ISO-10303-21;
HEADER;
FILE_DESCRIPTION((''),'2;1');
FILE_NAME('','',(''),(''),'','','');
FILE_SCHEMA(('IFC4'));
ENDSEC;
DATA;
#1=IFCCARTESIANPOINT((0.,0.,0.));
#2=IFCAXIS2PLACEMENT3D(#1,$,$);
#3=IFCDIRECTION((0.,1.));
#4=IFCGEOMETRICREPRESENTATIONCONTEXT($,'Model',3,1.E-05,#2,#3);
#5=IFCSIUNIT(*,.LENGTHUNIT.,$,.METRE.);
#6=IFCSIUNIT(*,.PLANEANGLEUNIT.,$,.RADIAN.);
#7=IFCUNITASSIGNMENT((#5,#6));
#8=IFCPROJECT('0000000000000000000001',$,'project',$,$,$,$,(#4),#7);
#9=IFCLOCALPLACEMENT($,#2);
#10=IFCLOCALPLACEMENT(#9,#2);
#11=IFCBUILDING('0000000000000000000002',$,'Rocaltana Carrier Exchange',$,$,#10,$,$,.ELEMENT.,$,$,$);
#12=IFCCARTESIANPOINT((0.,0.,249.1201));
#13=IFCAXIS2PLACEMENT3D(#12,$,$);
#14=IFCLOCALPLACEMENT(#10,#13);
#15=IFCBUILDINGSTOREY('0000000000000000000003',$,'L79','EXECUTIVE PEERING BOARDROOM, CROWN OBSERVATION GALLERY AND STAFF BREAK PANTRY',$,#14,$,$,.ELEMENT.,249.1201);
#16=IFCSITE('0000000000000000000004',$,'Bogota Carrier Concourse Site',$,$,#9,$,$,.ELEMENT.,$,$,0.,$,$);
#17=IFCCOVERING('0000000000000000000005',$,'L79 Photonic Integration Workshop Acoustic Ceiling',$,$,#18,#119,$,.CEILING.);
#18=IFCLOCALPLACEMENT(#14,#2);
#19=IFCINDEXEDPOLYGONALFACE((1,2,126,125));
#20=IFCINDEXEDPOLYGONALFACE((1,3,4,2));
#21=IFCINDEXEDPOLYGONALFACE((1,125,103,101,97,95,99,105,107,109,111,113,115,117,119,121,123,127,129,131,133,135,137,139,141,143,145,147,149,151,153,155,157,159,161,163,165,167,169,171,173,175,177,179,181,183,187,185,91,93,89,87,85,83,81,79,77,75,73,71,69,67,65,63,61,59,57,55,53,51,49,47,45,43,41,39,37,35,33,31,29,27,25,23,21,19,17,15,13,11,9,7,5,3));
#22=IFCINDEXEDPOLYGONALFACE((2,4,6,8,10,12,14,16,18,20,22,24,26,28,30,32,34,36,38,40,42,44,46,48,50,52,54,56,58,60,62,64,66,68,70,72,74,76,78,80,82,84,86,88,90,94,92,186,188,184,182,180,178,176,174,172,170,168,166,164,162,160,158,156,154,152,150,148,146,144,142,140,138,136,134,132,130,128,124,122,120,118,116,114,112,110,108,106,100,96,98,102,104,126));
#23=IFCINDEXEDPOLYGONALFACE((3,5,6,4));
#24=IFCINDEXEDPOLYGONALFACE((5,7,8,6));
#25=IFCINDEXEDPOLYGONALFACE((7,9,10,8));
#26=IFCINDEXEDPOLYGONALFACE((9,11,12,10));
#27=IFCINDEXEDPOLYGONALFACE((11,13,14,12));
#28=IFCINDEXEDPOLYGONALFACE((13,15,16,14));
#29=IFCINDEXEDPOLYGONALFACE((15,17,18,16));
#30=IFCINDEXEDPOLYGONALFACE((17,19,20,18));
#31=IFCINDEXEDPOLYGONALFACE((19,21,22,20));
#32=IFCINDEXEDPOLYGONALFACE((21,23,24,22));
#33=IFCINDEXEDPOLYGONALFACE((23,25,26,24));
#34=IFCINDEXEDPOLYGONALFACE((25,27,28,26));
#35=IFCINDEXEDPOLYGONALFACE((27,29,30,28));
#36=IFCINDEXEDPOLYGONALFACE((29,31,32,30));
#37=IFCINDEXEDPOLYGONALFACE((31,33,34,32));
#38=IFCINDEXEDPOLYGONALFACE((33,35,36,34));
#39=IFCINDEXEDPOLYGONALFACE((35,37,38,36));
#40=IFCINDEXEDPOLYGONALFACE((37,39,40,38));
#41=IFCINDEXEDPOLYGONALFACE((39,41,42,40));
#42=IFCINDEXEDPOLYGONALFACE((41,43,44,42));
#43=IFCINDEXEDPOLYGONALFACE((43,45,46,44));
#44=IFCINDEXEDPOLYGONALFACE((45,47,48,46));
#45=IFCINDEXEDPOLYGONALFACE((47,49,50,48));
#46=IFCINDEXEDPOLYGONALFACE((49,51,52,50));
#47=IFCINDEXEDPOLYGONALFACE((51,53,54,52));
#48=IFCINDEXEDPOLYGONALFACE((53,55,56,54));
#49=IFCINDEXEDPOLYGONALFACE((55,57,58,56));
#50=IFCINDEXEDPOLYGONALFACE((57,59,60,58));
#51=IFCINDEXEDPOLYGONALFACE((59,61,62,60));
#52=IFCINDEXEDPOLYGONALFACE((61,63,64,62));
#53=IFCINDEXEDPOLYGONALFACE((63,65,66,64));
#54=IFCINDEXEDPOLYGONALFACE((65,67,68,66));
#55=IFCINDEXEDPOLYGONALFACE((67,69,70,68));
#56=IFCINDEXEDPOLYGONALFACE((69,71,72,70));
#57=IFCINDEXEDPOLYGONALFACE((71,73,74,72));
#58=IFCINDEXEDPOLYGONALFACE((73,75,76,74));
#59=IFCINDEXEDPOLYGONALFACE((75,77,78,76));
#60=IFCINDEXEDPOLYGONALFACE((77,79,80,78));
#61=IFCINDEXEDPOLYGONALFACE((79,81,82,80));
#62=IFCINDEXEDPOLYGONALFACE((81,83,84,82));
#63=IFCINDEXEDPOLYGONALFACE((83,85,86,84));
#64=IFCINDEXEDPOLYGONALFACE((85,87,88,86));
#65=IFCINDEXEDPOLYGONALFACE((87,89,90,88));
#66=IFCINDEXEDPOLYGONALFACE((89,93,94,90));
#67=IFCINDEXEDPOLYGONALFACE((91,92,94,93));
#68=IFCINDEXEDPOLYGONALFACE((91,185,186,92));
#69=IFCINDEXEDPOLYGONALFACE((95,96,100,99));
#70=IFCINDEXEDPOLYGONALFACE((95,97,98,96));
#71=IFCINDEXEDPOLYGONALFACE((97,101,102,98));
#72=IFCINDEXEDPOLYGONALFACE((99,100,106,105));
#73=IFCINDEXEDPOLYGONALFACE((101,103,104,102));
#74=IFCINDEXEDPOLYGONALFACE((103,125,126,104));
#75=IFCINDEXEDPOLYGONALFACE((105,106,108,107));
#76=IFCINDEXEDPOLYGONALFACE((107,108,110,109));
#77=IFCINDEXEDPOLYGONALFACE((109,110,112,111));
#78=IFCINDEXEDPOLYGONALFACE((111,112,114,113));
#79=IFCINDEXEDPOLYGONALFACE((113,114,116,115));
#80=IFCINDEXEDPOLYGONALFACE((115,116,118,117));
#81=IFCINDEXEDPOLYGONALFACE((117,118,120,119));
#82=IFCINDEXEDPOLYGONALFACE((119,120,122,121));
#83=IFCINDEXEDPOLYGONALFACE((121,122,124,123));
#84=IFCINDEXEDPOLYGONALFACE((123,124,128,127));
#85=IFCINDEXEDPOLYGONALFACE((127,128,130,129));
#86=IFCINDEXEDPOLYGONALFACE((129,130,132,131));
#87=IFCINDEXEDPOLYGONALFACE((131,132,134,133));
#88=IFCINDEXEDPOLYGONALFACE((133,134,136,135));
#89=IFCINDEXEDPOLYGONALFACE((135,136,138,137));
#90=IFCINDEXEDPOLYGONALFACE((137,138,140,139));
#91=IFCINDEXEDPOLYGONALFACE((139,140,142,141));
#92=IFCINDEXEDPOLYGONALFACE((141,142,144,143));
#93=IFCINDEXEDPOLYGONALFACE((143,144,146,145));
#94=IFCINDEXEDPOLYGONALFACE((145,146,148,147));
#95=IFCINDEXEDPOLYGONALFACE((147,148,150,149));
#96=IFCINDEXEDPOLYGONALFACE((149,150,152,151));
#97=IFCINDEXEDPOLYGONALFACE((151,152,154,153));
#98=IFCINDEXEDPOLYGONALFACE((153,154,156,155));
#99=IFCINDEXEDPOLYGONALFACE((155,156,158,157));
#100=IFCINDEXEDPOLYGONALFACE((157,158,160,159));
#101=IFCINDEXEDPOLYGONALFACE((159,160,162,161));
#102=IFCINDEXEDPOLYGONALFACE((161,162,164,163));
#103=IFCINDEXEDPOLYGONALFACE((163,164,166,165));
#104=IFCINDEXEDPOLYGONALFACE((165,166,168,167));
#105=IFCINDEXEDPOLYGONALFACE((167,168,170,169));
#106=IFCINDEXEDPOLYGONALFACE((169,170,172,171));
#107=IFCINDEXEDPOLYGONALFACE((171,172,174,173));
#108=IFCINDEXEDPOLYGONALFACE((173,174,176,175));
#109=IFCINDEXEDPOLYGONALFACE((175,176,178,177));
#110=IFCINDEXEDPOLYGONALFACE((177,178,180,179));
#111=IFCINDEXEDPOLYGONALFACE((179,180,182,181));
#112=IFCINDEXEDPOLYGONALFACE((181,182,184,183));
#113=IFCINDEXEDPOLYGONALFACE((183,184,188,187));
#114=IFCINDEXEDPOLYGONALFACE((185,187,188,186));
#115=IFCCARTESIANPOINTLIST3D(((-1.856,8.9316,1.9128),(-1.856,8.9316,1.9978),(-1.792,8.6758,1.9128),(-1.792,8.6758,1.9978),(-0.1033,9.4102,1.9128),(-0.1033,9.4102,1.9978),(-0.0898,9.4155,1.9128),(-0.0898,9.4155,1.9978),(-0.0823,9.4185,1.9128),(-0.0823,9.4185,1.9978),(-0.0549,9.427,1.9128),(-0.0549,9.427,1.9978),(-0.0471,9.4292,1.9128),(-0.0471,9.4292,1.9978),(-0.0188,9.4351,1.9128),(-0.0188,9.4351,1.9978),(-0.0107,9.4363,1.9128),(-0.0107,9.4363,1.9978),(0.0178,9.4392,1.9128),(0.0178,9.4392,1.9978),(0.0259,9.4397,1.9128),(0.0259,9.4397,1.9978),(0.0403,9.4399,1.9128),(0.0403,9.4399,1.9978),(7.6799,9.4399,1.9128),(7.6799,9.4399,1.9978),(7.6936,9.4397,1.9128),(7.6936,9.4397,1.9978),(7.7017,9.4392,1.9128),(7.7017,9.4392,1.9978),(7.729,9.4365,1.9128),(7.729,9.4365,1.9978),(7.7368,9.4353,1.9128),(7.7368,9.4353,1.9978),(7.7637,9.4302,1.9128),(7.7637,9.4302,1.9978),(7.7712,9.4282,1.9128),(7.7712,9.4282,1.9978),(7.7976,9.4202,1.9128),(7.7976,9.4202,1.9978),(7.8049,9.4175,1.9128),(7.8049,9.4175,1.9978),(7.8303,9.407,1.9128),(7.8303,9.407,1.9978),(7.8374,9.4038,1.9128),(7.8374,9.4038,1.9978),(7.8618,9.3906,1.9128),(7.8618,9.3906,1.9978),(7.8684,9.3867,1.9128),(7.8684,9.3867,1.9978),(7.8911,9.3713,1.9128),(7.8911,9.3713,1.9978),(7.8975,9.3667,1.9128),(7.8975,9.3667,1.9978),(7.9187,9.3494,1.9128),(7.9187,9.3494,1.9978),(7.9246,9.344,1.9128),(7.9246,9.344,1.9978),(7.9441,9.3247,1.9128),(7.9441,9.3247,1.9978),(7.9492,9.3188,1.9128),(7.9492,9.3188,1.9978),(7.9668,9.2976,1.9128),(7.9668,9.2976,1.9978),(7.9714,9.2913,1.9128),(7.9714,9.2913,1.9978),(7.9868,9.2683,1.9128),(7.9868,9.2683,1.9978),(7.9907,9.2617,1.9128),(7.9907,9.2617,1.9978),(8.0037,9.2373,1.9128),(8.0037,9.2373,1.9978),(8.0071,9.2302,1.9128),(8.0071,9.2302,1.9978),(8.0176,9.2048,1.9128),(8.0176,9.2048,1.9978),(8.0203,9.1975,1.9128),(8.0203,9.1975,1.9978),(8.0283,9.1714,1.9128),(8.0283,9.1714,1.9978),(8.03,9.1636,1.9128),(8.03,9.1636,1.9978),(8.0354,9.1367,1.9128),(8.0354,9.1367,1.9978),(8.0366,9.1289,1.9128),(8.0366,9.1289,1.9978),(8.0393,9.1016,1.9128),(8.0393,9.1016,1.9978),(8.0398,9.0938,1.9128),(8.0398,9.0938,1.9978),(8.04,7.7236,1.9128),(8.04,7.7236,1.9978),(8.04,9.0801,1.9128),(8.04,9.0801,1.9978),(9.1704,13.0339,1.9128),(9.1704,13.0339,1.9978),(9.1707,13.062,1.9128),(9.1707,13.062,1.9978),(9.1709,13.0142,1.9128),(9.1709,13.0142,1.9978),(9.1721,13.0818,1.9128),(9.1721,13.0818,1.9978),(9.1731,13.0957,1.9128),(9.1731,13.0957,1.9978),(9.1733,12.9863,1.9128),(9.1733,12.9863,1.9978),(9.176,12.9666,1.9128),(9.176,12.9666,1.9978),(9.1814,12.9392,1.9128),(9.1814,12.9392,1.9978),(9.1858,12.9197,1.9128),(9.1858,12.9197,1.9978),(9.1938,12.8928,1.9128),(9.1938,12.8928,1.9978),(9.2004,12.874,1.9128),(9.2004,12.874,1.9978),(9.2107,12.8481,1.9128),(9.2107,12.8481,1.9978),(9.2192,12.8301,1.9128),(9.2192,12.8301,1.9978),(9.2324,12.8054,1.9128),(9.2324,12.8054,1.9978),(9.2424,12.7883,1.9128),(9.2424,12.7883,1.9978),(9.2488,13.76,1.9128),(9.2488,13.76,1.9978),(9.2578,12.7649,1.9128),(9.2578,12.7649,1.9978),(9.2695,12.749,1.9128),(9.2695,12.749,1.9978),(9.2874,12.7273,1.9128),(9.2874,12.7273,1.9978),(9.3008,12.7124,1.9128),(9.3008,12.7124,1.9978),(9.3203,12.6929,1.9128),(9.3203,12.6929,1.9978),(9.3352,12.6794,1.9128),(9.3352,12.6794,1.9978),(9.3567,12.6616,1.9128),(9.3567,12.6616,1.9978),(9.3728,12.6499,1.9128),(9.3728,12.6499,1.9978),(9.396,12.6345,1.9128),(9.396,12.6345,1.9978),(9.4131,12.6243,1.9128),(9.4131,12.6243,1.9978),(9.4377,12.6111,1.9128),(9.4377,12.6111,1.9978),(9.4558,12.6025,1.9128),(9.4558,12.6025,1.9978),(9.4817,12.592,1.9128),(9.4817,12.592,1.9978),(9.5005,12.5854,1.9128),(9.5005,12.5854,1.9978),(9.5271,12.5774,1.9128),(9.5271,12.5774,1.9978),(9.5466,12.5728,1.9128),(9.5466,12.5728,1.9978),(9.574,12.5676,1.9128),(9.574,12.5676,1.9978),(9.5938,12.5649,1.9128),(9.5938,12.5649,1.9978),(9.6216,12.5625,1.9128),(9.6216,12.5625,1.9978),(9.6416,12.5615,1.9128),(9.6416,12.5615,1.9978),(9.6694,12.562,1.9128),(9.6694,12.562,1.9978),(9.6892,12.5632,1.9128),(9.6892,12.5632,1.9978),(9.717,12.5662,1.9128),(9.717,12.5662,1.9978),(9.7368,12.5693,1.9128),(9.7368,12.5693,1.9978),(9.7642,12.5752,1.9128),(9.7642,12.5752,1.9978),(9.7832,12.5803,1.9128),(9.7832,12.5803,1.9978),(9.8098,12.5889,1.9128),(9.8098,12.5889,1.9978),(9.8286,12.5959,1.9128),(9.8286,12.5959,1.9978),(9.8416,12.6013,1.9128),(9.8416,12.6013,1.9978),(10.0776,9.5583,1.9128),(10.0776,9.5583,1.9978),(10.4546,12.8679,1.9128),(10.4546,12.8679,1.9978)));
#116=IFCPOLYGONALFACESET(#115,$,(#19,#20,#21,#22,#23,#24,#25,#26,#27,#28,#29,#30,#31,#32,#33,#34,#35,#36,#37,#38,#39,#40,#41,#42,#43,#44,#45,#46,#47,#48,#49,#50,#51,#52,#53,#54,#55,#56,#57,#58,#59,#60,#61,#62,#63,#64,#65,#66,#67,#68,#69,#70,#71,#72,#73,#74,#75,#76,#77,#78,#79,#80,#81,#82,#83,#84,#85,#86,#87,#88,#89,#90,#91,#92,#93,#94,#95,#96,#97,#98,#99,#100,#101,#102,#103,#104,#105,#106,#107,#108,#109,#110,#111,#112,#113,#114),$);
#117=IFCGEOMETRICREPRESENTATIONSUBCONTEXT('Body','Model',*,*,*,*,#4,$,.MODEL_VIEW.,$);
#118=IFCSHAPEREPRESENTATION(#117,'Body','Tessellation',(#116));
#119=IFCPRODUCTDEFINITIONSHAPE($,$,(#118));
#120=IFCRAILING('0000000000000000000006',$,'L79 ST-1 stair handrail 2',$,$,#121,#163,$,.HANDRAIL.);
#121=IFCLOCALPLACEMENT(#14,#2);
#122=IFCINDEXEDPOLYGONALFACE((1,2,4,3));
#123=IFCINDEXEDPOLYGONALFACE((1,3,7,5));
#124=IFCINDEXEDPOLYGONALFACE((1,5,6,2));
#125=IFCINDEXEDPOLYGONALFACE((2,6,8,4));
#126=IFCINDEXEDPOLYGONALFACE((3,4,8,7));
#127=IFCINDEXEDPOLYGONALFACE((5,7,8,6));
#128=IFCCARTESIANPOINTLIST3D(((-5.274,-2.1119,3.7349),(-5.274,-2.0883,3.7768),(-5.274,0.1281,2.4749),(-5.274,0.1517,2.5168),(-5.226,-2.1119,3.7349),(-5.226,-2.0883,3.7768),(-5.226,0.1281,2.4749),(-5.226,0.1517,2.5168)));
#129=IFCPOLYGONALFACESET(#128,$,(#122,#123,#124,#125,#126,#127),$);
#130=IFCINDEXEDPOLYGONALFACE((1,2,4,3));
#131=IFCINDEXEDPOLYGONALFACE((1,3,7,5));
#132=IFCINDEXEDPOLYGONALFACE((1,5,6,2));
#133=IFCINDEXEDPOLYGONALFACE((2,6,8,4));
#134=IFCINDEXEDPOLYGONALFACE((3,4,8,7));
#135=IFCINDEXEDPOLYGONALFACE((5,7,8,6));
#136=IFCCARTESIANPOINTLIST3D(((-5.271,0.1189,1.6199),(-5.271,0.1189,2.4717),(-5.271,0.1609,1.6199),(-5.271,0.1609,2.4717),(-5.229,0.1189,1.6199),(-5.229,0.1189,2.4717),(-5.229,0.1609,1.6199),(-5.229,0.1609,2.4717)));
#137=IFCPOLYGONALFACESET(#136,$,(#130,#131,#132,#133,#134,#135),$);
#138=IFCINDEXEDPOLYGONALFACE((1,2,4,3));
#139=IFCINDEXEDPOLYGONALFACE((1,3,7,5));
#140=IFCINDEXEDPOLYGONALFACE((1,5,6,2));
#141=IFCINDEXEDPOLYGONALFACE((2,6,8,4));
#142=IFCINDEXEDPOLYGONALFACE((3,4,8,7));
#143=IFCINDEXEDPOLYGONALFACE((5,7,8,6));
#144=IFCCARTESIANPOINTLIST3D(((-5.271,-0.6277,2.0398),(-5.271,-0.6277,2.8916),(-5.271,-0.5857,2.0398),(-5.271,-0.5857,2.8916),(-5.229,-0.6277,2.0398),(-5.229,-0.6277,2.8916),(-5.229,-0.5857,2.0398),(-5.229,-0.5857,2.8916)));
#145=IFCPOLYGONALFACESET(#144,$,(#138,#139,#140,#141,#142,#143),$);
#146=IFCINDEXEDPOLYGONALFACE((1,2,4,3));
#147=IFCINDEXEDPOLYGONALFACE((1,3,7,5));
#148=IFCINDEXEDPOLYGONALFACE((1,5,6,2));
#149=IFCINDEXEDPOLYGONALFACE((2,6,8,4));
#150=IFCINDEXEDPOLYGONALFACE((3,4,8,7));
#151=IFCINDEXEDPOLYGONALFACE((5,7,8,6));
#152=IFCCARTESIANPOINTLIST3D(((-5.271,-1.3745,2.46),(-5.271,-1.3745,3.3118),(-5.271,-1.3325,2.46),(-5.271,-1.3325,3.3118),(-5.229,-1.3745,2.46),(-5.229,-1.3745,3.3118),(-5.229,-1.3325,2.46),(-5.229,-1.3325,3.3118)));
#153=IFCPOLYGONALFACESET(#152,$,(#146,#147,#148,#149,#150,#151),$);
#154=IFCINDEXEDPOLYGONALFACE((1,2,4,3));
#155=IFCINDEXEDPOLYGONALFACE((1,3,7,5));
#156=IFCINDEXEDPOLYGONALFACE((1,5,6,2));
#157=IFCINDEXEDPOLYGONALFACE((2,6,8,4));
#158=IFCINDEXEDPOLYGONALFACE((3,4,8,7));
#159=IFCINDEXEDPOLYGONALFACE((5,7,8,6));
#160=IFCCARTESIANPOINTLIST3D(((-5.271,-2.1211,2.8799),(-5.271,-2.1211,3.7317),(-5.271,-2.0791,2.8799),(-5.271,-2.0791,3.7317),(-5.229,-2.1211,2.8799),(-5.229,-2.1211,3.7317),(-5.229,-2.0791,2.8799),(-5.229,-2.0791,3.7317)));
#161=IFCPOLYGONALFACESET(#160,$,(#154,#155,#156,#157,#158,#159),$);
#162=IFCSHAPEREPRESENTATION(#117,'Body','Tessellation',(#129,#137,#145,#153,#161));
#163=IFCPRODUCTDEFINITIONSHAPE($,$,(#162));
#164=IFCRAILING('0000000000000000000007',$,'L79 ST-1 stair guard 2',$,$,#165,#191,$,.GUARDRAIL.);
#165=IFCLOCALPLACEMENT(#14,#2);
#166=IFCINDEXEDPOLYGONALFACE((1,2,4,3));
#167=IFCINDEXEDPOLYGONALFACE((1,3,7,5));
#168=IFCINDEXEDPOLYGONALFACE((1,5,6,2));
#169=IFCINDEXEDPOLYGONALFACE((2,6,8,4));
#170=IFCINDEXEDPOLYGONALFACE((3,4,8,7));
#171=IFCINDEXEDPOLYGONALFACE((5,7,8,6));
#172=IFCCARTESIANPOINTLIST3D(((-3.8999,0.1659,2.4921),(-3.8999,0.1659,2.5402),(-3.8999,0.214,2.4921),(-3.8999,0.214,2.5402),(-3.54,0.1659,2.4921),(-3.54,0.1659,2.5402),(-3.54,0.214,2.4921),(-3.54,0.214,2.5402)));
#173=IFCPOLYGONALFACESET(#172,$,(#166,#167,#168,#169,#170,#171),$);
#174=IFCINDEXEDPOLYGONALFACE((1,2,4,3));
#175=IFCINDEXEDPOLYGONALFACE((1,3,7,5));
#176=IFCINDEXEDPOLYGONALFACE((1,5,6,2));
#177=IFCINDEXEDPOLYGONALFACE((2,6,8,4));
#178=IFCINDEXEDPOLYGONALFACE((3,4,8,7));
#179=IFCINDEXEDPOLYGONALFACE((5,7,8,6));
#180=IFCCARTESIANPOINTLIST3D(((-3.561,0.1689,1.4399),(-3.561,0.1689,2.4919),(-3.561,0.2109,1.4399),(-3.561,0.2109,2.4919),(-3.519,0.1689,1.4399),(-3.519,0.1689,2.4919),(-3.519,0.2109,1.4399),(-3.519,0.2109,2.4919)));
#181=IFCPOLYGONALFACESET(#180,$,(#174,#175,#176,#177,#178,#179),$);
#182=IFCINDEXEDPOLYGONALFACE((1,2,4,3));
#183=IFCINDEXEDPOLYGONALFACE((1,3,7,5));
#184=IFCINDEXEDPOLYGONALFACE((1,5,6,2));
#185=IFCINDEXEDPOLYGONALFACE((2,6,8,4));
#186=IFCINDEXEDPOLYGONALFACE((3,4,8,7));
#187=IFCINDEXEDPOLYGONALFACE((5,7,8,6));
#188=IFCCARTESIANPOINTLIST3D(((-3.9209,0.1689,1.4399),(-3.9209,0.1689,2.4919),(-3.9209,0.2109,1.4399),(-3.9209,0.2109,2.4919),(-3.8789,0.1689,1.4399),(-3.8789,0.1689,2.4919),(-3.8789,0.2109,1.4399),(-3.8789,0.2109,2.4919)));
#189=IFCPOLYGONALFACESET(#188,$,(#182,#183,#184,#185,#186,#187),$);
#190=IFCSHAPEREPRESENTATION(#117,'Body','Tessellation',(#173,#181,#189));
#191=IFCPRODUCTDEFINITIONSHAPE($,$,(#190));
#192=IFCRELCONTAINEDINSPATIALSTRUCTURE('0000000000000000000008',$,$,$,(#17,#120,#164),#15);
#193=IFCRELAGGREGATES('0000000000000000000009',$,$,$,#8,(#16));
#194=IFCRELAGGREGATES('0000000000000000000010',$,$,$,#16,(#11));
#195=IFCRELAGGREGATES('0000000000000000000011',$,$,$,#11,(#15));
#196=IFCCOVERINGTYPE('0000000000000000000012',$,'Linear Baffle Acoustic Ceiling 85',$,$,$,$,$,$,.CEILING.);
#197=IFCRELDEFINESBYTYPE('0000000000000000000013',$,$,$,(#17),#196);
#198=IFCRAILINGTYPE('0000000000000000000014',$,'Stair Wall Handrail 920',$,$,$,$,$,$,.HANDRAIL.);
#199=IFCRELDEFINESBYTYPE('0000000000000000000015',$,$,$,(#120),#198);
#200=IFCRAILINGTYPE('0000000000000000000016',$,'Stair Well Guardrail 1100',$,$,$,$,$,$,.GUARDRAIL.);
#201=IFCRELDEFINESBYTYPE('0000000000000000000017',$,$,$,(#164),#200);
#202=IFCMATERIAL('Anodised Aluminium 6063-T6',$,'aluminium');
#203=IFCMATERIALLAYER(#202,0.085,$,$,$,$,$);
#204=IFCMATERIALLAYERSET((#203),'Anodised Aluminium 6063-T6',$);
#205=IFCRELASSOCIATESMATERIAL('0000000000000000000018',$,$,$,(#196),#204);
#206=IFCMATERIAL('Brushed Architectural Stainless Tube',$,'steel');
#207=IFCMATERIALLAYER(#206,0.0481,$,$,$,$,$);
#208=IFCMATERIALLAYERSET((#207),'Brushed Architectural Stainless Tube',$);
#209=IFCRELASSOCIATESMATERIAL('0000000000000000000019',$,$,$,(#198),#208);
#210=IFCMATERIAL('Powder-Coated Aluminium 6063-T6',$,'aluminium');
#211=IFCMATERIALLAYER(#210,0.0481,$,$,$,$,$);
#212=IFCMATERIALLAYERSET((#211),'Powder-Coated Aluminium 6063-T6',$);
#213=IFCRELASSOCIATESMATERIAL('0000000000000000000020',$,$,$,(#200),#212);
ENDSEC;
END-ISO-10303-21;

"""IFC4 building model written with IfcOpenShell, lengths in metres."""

from ifc_helpers import new_model, si_unit, direction, frame, origin, origin_2d, place, context, subcontext, project, spatial, polyline, rectangle, outline, extrude, material, layer, layer_set, type_object, element, save


model = new_model("IFC4")

# Units and contexts
model_context = context("Model", 3, precision=1e-05, world=origin(), true_north=direction((0.0, 1.0)))
body_context = subcontext(model_context, "Body", "Model", "MODEL_VIEW")
ifc_project = project(units=[si_unit("LENGTHUNIT", "METRE"), si_unit("PLANEANGLEUNIT", "RADIAN")], contexts=[model_context])

# Site, building, storey
site_placement = place(None, origin())
site = spatial("IfcSite", under=ifc_project, at=site_placement, Name="Bogota Carrier Concourse Site", CompositionType="ELEMENT", RefElevation=0.0)
building_placement = place(site_placement, origin())
building = spatial("IfcBuilding", under=site, at=building_placement, Name="Rocaltana Carrier Exchange", CompositionType="ELEMENT")
storey_placement = place(building_placement, frame((0.0, 0.0, 249.1201)))
storey = spatial("IfcBuildingStorey", under=building, at=storey_placement, Name="L79", Description="EXECUTIVE PEERING BOARDROOM, CROWN OBSERVATION GALLERY AND STAFF BREAK PANTRY", CompositionType="ELEMENT", Elevation=249.1201)

# Covering
ifc_material_1 = material(Name="Anodised Aluminium 6063-T6", Category="aluminium")
ifc_layer_1 = layer(ifc_material_1, 0.085)
ifc_layer_set_1 = layer_set([ifc_layer_1], Name="Anodised Aluminium 6063-T6")
covering_type_1 = type_object("IfcCoveringType", Name="Linear Baffle Acoustic Ceiling 85", PredefinedType="CEILING", material=ifc_layer_set_1)
covering_1_placement = place(storey_placement, frame((0.0, 0.0, 1.9128)))
element("IfcCovering", 1, at=covering_1_placement, inside=storey, type_object=covering_type_1, Name="L79 Photonic Integration Workshop Acoustic Ceiling", PredefinedType="CEILING", context=body_context, shape_type="SweptSolid", body=[
    extrude(outline(polyline([(9.2488, 13.76), (9.1731, 13.0957), (9.1721, 13.0818), (9.1707, 13.062), (9.1704, 13.0339), (9.1709, 13.0142), (9.1733, 12.9863), (9.176, 12.9666), (9.1814, 12.9392), (9.1858, 12.9197), (9.1938, 12.8928), (9.2004, 12.874), (9.2107, 12.8481), (9.2192, 12.8301), (9.2324, 12.8054), (9.2424, 12.7883), (9.2578, 12.7649), (9.2695, 12.749), (9.2874, 12.7273), (9.3008, 12.7124), (9.3203, 12.6929), (9.3352, 12.6794), (9.3567, 12.6616), (9.3728, 12.6499), (9.396, 12.6345), (9.4131, 12.6243), (9.4377, 12.6111), (9.4558, 12.6025), (9.4817, 12.592), (9.5005, 12.5854), (9.5271, 12.5774), (9.5466, 12.5728), (9.574, 12.5676), (9.5938, 12.5649), (9.6216, 12.5625), (9.6416, 12.5615), (9.6694, 12.562), (9.6892, 12.5632), (9.717, 12.5662), (9.7368, 12.5693), (9.7642, 12.5752), (9.7832, 12.5803), (9.8098, 12.5889), (9.8286, 12.5959), (9.8416, 12.6013), (10.4546, 12.8679), (10.0776, 9.5583), (8.04, 7.7236), (8.04, 9.0801), (8.0398, 9.0938), (8.0393, 9.1016), (8.0366, 9.1289), (8.0354, 9.1367), (8.03, 9.1636), (8.0283, 9.1714), (8.0203, 9.1975), (8.0176, 9.2048), (8.0071, 9.2302), (8.0037, 9.2373), (7.9907, 9.2617), (7.9868, 9.2683), (7.9714, 9.2913), (7.9668, 9.2976), (7.9492, 9.3188), (7.9441, 9.3247), (7.9246, 9.344), (7.9187, 9.3494), (7.8975, 9.3667), (7.8911, 9.3713), (7.8684, 9.3867), (7.8618, 9.3906), (7.8374, 9.4038), (7.8303, 9.407), (7.8049, 9.4175), (7.7976, 9.4202), (7.7712, 9.4282), (7.7637, 9.4302), (7.7368, 9.4353), (7.729, 9.4365), (7.7017, 9.4392), (7.6936, 9.4397), (7.6799, 9.4399), (0.0403, 9.4399), (0.0259, 9.4397), (0.0178, 9.4392), (-0.0107, 9.4363), (-0.0188, 9.4351), (-0.0471, 9.4292), (-0.0549, 9.427), (-0.0823, 9.4185), (-0.0898, 9.4155), (-0.1033, 9.4102), (-1.792, 8.6758), (-1.856, 8.9316), (9.2488, 13.76)])), origin(), (0.0, 0.0, 1.0), 0.085),
])

# Railings
ifc_material_2 = material(Name="Brushed Architectural Stainless Tube", Category="steel")
ifc_layer_2 = layer(ifc_material_2, 0.0481)
ifc_layer_set_2 = layer_set([ifc_layer_2], Name="Brushed Architectural Stainless Tube")
railing_type_1 = type_object("IfcRailingType", Name="Stair Wall Handrail 920", PredefinedType="HANDRAIL", material=ifc_layer_set_2)
railing_1_placement = place(storey_placement, frame((-5.25, 0.1399, 1.6199)))
element("IfcRailing", 2, at=railing_1_placement, inside=storey, type_object=railing_type_1, Name="L79 ST-1 stair handrail 2", PredefinedType="HANDRAIL", context=body_context, shape_type="SweptSolid", body=[
    extrude(rectangle(XDim=0.0481, YDim=0.0481, at=origin_2d()), frame((0.0, 0.0, 0.876), z_axis=(0.0, -0.871573, 0.490266), x_axis=(1.0, 0.0, 0.0)), (0.0, 0.0, 1.0), 2.5701),
    extrude(rectangle(XDim=0.042, YDim=0.042, at=origin_2d()), origin(), (0.0, 0.0, 1.0), 0.8518),
    extrude(rectangle(XDim=0.042, YDim=0.042, at=origin_2d()), frame((0.0, -0.7466, 0.4199)), (0.0, 0.0, 1.0), 0.8518),
    extrude(rectangle(XDim=0.042, YDim=0.042, at=origin_2d()), frame((0.0, -1.4934, 0.8401)), (0.0, 0.0, 1.0), 0.8518),
    extrude(rectangle(XDim=0.042, YDim=0.042, at=origin_2d()), frame((0.0, -2.24, 1.26)), (0.0, 0.0, 1.0), 0.8518),
])
ifc_material_3 = material(Name="Powder-Coated Aluminium 6063-T6", Category="aluminium")
ifc_layer_3 = layer(ifc_material_3, 0.0481)
ifc_layer_set_3 = layer_set([ifc_layer_3], Name="Powder-Coated Aluminium 6063-T6")
railing_type_2 = type_object("IfcRailingType", Name="Stair Well Guardrail 1100", PredefinedType="GUARDRAIL", material=ifc_layer_set_3)
railing_2_placement = place(storey_placement, frame((-3.54, 0.1899, 1.4399)))
element("IfcRailing", 3, at=railing_2_placement, inside=storey, type_object=railing_type_2, Name="L79 ST-1 stair guard 2", PredefinedType="GUARDRAIL", context=body_context, shape_type="SweptSolid", body=[
    extrude(rectangle(XDim=0.0481, YDim=0.0481, at=origin_2d()), frame((0.0, 0.0, 1.0762), z_axis=(-1.0, 0.0, 0.0), x_axis=(0.0, -1.0, 0.0)), (0.0, 0.0, 1.0), 0.3599),
    extrude(rectangle(XDim=0.042, YDim=0.042, at=origin_2d()), origin(), (0.0, 0.0, 1.0), 1.052),
    extrude(rectangle(XDim=0.042, YDim=0.042, at=origin_2d()), frame((-0.3599, 0.0, 0.0)), (0.0, 0.0, 1.0), 1.052),
])

save(model, "model.ifc")
